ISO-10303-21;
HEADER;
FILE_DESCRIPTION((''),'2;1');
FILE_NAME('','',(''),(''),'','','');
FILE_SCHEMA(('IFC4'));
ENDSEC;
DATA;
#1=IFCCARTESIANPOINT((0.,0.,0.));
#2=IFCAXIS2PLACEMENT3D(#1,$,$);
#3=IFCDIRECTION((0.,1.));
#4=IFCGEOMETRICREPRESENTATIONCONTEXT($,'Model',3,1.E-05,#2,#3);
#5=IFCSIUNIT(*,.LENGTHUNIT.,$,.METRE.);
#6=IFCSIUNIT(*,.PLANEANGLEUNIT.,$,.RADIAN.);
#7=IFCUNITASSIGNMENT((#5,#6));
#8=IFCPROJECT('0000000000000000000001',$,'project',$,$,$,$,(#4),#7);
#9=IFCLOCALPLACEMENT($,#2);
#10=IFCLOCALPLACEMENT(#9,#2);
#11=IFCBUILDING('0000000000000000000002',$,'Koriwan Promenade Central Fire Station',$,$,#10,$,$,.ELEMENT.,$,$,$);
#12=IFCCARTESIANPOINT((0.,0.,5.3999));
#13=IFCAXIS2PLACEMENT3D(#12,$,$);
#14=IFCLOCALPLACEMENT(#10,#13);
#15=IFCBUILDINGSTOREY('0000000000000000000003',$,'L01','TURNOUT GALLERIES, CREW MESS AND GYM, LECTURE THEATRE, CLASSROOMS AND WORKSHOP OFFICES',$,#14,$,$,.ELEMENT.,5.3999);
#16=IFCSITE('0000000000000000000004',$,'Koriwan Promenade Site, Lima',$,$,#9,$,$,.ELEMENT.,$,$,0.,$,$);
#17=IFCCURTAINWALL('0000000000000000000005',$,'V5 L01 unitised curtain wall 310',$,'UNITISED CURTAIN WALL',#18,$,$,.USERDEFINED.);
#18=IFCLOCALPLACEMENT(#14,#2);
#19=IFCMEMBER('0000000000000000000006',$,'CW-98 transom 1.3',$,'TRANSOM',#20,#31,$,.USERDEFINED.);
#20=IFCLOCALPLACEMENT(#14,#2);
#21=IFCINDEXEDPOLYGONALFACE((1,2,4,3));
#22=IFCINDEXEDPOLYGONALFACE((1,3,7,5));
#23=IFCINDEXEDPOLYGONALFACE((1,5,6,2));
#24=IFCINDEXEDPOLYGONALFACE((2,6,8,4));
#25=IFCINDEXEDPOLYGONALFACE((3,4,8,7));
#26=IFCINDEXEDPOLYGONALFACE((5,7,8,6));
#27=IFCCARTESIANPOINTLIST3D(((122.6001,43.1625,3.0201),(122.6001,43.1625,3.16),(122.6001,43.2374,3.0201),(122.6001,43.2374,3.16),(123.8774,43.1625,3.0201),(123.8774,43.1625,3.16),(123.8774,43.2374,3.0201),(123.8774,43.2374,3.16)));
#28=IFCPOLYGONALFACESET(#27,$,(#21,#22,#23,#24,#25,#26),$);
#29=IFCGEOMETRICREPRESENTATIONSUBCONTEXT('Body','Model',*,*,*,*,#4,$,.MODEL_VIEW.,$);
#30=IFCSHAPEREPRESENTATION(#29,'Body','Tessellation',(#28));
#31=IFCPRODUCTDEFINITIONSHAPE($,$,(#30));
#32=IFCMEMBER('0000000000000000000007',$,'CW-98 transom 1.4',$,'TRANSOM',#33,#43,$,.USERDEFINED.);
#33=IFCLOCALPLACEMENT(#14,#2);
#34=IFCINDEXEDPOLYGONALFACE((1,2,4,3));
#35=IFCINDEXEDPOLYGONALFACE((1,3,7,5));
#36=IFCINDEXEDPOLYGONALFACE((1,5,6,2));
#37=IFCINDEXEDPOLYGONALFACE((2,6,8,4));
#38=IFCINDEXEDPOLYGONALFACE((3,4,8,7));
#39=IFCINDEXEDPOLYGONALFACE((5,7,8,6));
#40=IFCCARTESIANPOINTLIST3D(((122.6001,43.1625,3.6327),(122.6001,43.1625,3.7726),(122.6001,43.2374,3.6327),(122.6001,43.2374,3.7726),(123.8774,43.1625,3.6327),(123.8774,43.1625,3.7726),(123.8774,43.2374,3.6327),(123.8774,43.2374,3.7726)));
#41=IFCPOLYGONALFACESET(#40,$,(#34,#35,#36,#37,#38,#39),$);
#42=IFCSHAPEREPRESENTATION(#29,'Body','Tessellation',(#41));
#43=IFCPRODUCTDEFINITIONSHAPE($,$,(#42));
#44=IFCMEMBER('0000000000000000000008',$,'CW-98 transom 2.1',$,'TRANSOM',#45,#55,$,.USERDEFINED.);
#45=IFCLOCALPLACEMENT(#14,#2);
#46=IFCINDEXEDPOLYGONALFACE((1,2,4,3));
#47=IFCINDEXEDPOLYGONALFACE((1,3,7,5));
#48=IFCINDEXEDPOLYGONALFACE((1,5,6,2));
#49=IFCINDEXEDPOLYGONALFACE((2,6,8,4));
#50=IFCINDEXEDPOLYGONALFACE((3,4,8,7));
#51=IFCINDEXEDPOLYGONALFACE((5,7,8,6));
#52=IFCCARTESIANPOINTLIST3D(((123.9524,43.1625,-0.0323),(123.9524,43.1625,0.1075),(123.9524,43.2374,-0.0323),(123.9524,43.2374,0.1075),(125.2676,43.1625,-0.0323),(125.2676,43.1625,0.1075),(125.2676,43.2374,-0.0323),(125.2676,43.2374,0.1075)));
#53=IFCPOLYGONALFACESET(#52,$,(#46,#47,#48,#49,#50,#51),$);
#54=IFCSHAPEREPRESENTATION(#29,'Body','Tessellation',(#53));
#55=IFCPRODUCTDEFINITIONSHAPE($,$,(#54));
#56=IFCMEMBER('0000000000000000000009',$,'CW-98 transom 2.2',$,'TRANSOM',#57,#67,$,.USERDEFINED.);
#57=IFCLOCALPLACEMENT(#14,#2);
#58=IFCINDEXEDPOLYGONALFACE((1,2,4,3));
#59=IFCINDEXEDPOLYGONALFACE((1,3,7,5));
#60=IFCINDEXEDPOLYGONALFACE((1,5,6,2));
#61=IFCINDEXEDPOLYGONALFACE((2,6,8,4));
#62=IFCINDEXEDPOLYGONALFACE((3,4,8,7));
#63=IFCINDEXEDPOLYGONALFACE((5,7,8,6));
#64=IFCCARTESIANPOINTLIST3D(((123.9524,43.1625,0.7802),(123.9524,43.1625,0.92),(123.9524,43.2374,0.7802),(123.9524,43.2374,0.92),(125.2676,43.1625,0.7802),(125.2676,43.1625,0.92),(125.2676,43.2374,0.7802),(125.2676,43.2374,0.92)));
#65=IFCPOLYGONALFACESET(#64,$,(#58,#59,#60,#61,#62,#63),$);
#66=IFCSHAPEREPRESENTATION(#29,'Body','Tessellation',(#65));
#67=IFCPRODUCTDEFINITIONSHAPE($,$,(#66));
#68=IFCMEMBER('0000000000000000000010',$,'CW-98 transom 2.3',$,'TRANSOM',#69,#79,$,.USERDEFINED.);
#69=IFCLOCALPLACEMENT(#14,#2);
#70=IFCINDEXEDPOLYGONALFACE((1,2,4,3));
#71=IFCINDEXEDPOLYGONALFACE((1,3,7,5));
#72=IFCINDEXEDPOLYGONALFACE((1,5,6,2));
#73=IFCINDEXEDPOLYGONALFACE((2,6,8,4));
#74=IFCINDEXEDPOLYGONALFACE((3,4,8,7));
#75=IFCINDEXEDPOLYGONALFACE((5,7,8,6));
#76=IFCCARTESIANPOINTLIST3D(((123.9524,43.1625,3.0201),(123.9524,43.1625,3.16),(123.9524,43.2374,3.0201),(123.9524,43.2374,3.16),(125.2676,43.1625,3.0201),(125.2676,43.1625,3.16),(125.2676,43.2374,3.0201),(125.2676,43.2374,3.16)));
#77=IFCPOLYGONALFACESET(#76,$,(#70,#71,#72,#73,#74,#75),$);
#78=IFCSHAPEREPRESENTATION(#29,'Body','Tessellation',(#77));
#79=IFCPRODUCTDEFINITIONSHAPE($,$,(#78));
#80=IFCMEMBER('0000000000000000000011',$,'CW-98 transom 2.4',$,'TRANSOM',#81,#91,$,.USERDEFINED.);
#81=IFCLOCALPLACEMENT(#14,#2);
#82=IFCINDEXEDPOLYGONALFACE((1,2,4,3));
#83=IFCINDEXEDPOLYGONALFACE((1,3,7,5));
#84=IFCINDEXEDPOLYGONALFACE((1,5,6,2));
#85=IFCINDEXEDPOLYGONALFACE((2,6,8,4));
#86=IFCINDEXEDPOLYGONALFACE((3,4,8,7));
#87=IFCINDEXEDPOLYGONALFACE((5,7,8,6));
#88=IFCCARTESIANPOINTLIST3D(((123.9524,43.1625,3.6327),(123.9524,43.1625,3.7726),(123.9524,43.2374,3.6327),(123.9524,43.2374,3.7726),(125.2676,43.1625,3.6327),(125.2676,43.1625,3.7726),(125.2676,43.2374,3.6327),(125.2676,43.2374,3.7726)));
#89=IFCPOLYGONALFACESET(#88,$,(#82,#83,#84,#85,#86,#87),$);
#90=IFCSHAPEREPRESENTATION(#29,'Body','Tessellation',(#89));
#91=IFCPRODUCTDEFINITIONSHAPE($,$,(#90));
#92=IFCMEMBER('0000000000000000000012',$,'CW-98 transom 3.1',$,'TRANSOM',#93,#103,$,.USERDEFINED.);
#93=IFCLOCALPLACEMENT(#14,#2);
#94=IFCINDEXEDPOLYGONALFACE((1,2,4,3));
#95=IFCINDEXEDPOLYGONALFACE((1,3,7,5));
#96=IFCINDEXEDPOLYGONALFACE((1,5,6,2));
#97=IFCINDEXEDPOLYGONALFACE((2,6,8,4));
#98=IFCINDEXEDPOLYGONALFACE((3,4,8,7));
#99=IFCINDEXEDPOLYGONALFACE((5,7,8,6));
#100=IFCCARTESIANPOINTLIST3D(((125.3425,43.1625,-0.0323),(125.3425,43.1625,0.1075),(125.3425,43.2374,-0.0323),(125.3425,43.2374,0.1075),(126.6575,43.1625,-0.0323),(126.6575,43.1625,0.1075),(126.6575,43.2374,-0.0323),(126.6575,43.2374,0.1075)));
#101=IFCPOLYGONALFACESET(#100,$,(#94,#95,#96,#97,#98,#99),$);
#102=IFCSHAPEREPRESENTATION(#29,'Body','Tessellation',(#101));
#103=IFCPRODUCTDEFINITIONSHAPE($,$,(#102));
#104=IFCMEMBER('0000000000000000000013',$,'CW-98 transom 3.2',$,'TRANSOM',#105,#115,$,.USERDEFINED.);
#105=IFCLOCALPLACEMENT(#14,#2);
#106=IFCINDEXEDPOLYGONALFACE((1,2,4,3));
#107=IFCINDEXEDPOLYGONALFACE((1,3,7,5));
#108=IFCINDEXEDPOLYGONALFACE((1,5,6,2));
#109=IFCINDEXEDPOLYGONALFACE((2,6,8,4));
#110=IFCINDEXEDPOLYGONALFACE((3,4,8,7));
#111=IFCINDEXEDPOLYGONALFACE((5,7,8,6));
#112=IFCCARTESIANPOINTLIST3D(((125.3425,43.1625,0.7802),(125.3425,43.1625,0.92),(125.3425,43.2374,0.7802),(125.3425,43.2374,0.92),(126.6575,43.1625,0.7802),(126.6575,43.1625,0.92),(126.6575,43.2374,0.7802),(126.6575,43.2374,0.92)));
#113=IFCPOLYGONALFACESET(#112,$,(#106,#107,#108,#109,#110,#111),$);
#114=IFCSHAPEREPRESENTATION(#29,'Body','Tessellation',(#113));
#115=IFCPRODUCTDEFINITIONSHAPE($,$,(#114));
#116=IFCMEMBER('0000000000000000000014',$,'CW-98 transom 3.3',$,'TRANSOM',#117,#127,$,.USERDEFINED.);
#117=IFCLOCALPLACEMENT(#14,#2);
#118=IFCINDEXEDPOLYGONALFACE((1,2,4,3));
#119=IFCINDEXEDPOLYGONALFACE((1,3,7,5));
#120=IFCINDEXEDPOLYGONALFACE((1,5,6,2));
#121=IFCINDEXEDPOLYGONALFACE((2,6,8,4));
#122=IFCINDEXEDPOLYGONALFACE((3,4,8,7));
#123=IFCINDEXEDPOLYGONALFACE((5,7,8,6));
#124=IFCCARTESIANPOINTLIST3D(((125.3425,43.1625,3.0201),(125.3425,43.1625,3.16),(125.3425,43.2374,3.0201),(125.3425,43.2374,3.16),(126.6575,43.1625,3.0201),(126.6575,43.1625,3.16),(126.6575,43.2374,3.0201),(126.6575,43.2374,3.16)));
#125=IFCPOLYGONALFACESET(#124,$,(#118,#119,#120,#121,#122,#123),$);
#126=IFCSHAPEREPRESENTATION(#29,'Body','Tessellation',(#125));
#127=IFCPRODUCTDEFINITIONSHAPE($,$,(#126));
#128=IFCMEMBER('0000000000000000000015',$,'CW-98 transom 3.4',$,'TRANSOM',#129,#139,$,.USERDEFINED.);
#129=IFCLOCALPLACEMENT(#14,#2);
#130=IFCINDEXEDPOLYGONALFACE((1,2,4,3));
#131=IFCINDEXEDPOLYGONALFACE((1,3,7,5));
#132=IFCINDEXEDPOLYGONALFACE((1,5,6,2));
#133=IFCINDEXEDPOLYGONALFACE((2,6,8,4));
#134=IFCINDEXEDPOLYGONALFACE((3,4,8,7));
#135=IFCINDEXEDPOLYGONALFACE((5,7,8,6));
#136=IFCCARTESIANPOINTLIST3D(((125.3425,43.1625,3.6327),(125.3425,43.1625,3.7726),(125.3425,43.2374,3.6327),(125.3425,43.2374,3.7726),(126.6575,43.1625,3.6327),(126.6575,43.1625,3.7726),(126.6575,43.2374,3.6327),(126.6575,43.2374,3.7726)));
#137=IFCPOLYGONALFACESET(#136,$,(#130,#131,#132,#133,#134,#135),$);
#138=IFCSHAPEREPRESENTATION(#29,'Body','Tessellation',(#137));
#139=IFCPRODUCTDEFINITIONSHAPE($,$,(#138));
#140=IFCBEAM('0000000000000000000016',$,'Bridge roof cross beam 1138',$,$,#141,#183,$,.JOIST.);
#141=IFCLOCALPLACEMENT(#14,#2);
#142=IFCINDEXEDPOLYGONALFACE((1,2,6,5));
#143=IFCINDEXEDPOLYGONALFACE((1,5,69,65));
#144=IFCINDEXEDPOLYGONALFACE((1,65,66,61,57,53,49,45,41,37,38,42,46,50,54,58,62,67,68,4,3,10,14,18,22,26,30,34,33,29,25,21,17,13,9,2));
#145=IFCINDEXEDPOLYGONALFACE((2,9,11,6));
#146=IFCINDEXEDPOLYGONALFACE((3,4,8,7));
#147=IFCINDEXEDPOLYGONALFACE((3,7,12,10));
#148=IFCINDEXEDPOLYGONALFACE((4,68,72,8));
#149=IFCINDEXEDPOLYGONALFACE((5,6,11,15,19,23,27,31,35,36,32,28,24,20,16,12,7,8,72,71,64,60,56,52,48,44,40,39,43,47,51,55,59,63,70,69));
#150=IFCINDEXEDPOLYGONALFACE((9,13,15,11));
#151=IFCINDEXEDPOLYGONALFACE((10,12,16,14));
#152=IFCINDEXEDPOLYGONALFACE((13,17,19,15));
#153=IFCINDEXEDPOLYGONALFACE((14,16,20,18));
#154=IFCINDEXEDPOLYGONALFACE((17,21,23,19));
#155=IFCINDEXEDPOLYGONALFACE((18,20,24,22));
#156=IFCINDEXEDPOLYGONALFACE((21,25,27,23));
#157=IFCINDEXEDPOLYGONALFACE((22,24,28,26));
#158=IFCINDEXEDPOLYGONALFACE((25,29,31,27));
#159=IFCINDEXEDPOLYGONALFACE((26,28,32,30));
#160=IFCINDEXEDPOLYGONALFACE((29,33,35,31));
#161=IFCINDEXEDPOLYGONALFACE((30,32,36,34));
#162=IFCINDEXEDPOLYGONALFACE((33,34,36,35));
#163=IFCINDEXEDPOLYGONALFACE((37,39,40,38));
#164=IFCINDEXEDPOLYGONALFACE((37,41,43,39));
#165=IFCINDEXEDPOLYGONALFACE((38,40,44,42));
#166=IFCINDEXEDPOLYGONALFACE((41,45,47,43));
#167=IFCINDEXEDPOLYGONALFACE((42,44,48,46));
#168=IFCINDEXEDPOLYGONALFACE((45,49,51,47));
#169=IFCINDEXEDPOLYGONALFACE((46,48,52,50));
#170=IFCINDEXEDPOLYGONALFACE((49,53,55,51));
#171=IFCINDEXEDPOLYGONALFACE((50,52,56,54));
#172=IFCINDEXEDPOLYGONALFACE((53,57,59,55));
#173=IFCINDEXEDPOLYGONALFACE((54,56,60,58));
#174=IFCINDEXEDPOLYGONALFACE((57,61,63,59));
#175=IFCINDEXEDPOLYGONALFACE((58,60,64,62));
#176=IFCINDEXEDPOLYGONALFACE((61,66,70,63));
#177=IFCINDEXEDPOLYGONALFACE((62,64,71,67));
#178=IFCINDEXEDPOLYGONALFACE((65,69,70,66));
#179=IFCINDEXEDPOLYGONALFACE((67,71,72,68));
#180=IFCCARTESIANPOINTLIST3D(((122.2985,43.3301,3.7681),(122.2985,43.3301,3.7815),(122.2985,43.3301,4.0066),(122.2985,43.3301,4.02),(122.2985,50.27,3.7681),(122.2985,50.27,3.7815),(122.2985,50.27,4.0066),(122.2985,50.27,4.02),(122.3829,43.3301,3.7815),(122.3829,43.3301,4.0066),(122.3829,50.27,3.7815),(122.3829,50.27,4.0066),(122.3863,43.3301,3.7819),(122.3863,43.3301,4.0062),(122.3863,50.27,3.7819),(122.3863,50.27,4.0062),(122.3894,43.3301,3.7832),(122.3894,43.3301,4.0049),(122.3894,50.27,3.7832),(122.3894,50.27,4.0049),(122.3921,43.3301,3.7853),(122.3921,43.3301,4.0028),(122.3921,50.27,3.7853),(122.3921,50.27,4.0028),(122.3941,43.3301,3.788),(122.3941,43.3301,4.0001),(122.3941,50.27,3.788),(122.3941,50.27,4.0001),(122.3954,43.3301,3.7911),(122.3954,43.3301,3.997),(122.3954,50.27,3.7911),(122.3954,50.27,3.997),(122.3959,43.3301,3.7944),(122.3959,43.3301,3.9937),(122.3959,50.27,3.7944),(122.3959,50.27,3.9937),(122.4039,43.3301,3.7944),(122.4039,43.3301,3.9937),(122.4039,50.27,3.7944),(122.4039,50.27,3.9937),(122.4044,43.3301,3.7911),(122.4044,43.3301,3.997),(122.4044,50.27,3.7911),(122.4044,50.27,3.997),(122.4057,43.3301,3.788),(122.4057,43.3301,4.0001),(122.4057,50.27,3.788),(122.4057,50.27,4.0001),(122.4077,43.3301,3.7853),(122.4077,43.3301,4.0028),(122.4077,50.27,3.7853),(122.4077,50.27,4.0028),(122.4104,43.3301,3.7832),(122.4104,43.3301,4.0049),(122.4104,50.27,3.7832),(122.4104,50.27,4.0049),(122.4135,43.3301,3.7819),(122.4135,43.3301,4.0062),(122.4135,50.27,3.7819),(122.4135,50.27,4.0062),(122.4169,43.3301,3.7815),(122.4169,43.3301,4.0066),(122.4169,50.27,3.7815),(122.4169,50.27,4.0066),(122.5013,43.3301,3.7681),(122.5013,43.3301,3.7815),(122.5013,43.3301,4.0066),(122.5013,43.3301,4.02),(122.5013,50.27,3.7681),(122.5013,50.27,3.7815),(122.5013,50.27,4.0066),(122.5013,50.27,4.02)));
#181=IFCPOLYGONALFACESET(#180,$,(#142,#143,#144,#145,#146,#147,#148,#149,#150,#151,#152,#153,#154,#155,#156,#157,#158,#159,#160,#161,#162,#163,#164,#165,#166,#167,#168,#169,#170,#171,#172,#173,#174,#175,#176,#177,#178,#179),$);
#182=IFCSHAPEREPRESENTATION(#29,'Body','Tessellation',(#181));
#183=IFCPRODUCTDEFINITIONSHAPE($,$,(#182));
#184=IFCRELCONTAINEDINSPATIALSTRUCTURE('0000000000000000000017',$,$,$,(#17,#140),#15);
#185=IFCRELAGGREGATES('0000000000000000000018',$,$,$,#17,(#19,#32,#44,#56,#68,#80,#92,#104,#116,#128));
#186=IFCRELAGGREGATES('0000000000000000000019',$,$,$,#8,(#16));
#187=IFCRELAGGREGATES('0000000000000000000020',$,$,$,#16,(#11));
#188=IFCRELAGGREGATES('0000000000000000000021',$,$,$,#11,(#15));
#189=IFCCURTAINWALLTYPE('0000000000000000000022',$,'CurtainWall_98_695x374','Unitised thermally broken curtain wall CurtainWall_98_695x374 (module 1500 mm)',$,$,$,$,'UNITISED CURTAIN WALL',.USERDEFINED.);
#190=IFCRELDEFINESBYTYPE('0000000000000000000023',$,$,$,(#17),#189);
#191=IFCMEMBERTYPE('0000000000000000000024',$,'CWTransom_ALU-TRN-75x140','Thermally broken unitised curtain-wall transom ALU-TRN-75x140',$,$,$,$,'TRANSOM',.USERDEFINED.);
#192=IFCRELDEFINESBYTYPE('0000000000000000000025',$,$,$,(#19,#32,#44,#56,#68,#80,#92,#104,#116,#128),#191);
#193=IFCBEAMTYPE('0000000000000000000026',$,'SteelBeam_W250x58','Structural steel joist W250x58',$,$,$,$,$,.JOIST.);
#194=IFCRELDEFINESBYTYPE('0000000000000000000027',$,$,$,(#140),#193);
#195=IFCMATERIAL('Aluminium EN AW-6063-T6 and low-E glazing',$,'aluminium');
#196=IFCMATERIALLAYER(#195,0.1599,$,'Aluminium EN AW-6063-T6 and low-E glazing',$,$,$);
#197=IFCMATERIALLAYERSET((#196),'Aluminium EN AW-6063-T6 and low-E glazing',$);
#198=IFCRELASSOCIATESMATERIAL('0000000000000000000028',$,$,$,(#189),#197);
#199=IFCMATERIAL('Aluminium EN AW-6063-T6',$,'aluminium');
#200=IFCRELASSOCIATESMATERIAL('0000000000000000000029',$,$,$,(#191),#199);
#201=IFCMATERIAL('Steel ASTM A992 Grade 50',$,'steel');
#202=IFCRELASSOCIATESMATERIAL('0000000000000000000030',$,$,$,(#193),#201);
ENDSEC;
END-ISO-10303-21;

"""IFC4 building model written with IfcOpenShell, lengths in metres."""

from ifc_helpers import new_model, si_unit, direction, frame, origin, origin_2d, place, context, subcontext, project, spatial, rectangle, i_section, extrude, material, layer, layer_set, material_profile, profile_set, type_object, element, aggregate, save


model = new_model("IFC4")

# Units and contexts
model_context = context("Model", 3, precision=1e-05, world=origin(), true_north=direction((0.0, 1.0)))
body_context = subcontext(model_context, "Body", "Model", "MODEL_VIEW")
ifc_project = project(units=[si_unit("LENGTHUNIT", "METRE"), si_unit("PLANEANGLEUNIT", "RADIAN")], contexts=[model_context])

# Site, building, storey
site_placement = place(None, origin())
site = spatial("IfcSite", under=ifc_project, at=site_placement, Name="Koriwan Promenade Site, Lima", CompositionType="ELEMENT", RefElevation=0.0)
building_placement = place(site_placement, origin())
building = spatial("IfcBuilding", under=site, at=building_placement, Name="Koriwan Promenade Central Fire Station", CompositionType="ELEMENT")
storey_placement = place(building_placement, frame((0.0, 0.0, 5.3999)))
storey = spatial("IfcBuildingStorey", under=building, at=storey_placement, Name="L01", Description="TURNOUT GALLERIES, CREW MESS AND GYM, LECTURE THEATRE, CLASSROOMS AND WORKSHOP OFFICES", CompositionType="ELEMENT", Elevation=5.3999)

# Shared definitions
ifc_material_1 = material(Name="Aluminium EN AW-6063-T6 and low-E glazing", Category="aluminium")
ifc_material_2 = material(Name="Aluminium EN AW-6063-T6", Category="aluminium")

# Curtain wall
ifc_layer_1 = layer(ifc_material_1, 0.1599, Name="Aluminium EN AW-6063-T6 and low-E glazing")
ifc_layer_set_1 = layer_set([ifc_layer_1], Name="Aluminium EN AW-6063-T6 and low-E glazing")
curtain_wall_type_1 = type_object("IfcCurtainWallType", Name="CurtainWall_98_695x374", Description="Unitised thermally broken curtain wall CurtainWall_98_695x374 (module 1500 mm)", ElementType="UNITISED CURTAIN WALL", PredefinedType="USERDEFINED", material=ifc_layer_set_1)
curtain_wall_1_placement = place(storey_placement, origin())
curtain_wall_1 = element("IfcCurtainWall", 1, at=curtain_wall_1_placement, inside=storey, type_object=curtain_wall_type_1, Name="V5 L01 unitised curtain wall 310", ObjectType="UNITISED CURTAIN WALL", PredefinedType="USERDEFINED")

# Members
ifc_material_profile_1 = material_profile(ifc_material_2, rectangle(XDim=0.075, YDim=0.1399, at=origin_2d()), Name="ALU-TRN-75x140")
ifc_profile_set_1 = profile_set([ifc_material_profile_1], Name="Aluminium EN AW-6063-T6")
member_type_1 = type_object("IfcMemberType", Name="CWTransom_ALU-TRN-75x140", Description="Thermally broken unitised curtain-wall transom ALU-TRN-75x140", ElementType="TRANSOM", PredefinedType="USERDEFINED", material=ifc_profile_set_1)
member_1_placement = place(storey_placement, frame((122.6001, 43.2, 3.0901), z_axis=(1.0, 0.0, 0.0), x_axis=(0.0, 1.0, 0.0)))
member_1 = element("IfcMember", 2, at=member_1_placement, type_object=member_type_1, Name="CW-98 transom 1.3", ObjectType="TRANSOM", PredefinedType="USERDEFINED", context=body_context, shape_type="SweptSolid", body=[
    extrude(rectangle(XDim=0.075, YDim=0.1399, at=origin_2d()), origin(), (0.0, 0.0, 1.0), 1.2773),
])
member_2_placement = place(storey_placement, frame((122.6001, 43.2, 3.7026), z_axis=(1.0, 0.0, 0.0), x_axis=(0.0, 1.0, 0.0)))
member_2 = element("IfcMember", 3, at=member_2_placement, type_object=member_type_1, Name="CW-98 transom 1.4", ObjectType="TRANSOM", PredefinedType="USERDEFINED", context=body_context, shape_type="SweptSolid", body=[
    extrude(rectangle(XDim=0.075, YDim=0.1399, at=origin_2d()), origin(), (0.0, 0.0, 1.0), 1.2773),
])
member_3_placement = place(storey_placement, frame((123.9524, 43.2, 0.0376), z_axis=(1.0, 0.0, 0.0), x_axis=(0.0, 1.0, 0.0)))
member_3 = element("IfcMember", 4, at=member_3_placement, type_object=member_type_1, Name="CW-98 transom 2.1", ObjectType="TRANSOM", PredefinedType="USERDEFINED", context=body_context, shape_type="SweptSolid", body=[
    extrude(rectangle(XDim=0.075, YDim=0.1399, at=origin_2d()), origin(), (0.0, 0.0, 1.0), 1.3152),
])
member_4_placement = place(storey_placement, frame((123.9524, 43.2, 0.8501), z_axis=(1.0, 0.0, 0.0), x_axis=(0.0, 1.0, 0.0)))
member_4 = element("IfcMember", 5, at=member_4_placement, type_object=member_type_1, Name="CW-98 transom 2.2", ObjectType="TRANSOM", PredefinedType="USERDEFINED", context=body_context, shape_type="SweptSolid", body=[
    extrude(rectangle(XDim=0.075, YDim=0.1399, at=origin_2d()), origin(), (0.0, 0.0, 1.0), 1.3152),
])
member_5_placement = place(storey_placement, frame((123.9524, 43.2, 3.0901), z_axis=(1.0, 0.0, 0.0), x_axis=(0.0, 1.0, 0.0)))
member_5 = element("IfcMember", 6, at=member_5_placement, type_object=member_type_1, Name="CW-98 transom 2.3", ObjectType="TRANSOM", PredefinedType="USERDEFINED", context=body_context, shape_type="SweptSolid", body=[
    extrude(rectangle(XDim=0.075, YDim=0.1399, at=origin_2d()), origin(), (0.0, 0.0, 1.0), 1.3152),
])
member_6_placement = place(storey_placement, frame((123.9524, 43.2, 3.7026), z_axis=(1.0, 0.0, 0.0), x_axis=(0.0, 1.0, 0.0)))
member_6 = element("IfcMember", 7, at=member_6_placement, type_object=member_type_1, Name="CW-98 transom 2.4", ObjectType="TRANSOM", PredefinedType="USERDEFINED", context=body_context, shape_type="SweptSolid", body=[
    extrude(rectangle(XDim=0.075, YDim=0.1399, at=origin_2d()), origin(), (0.0, 0.0, 1.0), 1.3152),
])
member_7_placement = place(storey_placement, frame((125.3425, 43.2, 0.0376), z_axis=(1.0, 0.0, 0.0), x_axis=(0.0, 1.0, 0.0)))
member_7 = element("IfcMember", 8, at=member_7_placement, type_object=member_type_1, Name="CW-98 transom 3.1", ObjectType="TRANSOM", PredefinedType="USERDEFINED", context=body_context, shape_type="SweptSolid", body=[
    extrude(rectangle(XDim=0.075, YDim=0.1399, at=origin_2d()), origin(), (0.0, 0.0, 1.0), 1.3149),
])
member_8_placement = place(storey_placement, frame((125.3425, 43.2, 0.8501), z_axis=(1.0, 0.0, 0.0), x_axis=(0.0, 1.0, 0.0)))
member_8 = element("IfcMember", 9, at=member_8_placement, type_object=member_type_1, Name="CW-98 transom 3.2", ObjectType="TRANSOM", PredefinedType="USERDEFINED", context=body_context, shape_type="SweptSolid", body=[
    extrude(rectangle(XDim=0.075, YDim=0.1399, at=origin_2d()), origin(), (0.0, 0.0, 1.0), 1.3149),
])
member_9_placement = place(storey_placement, frame((125.3425, 43.2, 3.0901), z_axis=(1.0, 0.0, 0.0), x_axis=(0.0, 1.0, 0.0)))
member_9 = element("IfcMember", 10, at=member_9_placement, type_object=member_type_1, Name="CW-98 transom 3.3", ObjectType="TRANSOM", PredefinedType="USERDEFINED", context=body_context, shape_type="SweptSolid", body=[
    extrude(rectangle(XDim=0.075, YDim=0.1399, at=origin_2d()), origin(), (0.0, 0.0, 1.0), 1.3149),
])
member_10_placement = place(storey_placement, frame((125.3425, 43.2, 3.7026), z_axis=(1.0, 0.0, 0.0), x_axis=(0.0, 1.0, 0.0)))
member_10 = element("IfcMember", 11, at=member_10_placement, type_object=member_type_1, Name="CW-98 transom 3.4", ObjectType="TRANSOM", PredefinedType="USERDEFINED", context=body_context, shape_type="SweptSolid", body=[
    extrude(rectangle(XDim=0.075, YDim=0.1399, at=origin_2d()), origin(), (0.0, 0.0, 1.0), 1.3149),
])

# Beam
ifc_material_3 = material(Name="Steel ASTM A992 Grade 50", Category="steel")
ifc_material_profile_2 = material_profile(ifc_material_3, i_section(OverallWidth=0.2029, OverallDepth=0.252, WebThickness=0.0081, FlangeThickness=0.0134, FilletRadius=0.0129, at=origin_2d()), Name="W250x58")
ifc_profile_set_2 = profile_set([ifc_material_profile_2], Name="Steel ASTM A992 Grade 50")
beam_type_1 = type_object("IfcBeamType", Name="SteelBeam_W250x58", Description="Structural steel joist W250x58", PredefinedType="JOIST", material=ifc_profile_set_2)
beam_1_placement = place(storey_placement, frame((122.3999, 43.3301, 3.894), z_axis=(0.0, 1.0, 0.0), x_axis=(-1.0, 0.0, 0.0)))
element("IfcBeam", 12, at=beam_1_placement, inside=storey, type_object=beam_type_1, Name="Bridge roof cross beam 1138", PredefinedType="JOIST", context=body_context, shape_type="SweptSolid", body=[
    extrude(i_section(OverallWidth=0.2029, OverallDepth=0.252, WebThickness=0.0081, FlangeThickness=0.0134, FilletRadius=0.0129, at=origin_2d()), origin(), (0.0, 0.0, 1.0), 6.9399),
])

aggregate(curtain_wall_1, [member_1, member_2, member_3, member_4, member_5, member_6, member_7, member_8, member_9, member_10])

save(model, "model.ifc")
